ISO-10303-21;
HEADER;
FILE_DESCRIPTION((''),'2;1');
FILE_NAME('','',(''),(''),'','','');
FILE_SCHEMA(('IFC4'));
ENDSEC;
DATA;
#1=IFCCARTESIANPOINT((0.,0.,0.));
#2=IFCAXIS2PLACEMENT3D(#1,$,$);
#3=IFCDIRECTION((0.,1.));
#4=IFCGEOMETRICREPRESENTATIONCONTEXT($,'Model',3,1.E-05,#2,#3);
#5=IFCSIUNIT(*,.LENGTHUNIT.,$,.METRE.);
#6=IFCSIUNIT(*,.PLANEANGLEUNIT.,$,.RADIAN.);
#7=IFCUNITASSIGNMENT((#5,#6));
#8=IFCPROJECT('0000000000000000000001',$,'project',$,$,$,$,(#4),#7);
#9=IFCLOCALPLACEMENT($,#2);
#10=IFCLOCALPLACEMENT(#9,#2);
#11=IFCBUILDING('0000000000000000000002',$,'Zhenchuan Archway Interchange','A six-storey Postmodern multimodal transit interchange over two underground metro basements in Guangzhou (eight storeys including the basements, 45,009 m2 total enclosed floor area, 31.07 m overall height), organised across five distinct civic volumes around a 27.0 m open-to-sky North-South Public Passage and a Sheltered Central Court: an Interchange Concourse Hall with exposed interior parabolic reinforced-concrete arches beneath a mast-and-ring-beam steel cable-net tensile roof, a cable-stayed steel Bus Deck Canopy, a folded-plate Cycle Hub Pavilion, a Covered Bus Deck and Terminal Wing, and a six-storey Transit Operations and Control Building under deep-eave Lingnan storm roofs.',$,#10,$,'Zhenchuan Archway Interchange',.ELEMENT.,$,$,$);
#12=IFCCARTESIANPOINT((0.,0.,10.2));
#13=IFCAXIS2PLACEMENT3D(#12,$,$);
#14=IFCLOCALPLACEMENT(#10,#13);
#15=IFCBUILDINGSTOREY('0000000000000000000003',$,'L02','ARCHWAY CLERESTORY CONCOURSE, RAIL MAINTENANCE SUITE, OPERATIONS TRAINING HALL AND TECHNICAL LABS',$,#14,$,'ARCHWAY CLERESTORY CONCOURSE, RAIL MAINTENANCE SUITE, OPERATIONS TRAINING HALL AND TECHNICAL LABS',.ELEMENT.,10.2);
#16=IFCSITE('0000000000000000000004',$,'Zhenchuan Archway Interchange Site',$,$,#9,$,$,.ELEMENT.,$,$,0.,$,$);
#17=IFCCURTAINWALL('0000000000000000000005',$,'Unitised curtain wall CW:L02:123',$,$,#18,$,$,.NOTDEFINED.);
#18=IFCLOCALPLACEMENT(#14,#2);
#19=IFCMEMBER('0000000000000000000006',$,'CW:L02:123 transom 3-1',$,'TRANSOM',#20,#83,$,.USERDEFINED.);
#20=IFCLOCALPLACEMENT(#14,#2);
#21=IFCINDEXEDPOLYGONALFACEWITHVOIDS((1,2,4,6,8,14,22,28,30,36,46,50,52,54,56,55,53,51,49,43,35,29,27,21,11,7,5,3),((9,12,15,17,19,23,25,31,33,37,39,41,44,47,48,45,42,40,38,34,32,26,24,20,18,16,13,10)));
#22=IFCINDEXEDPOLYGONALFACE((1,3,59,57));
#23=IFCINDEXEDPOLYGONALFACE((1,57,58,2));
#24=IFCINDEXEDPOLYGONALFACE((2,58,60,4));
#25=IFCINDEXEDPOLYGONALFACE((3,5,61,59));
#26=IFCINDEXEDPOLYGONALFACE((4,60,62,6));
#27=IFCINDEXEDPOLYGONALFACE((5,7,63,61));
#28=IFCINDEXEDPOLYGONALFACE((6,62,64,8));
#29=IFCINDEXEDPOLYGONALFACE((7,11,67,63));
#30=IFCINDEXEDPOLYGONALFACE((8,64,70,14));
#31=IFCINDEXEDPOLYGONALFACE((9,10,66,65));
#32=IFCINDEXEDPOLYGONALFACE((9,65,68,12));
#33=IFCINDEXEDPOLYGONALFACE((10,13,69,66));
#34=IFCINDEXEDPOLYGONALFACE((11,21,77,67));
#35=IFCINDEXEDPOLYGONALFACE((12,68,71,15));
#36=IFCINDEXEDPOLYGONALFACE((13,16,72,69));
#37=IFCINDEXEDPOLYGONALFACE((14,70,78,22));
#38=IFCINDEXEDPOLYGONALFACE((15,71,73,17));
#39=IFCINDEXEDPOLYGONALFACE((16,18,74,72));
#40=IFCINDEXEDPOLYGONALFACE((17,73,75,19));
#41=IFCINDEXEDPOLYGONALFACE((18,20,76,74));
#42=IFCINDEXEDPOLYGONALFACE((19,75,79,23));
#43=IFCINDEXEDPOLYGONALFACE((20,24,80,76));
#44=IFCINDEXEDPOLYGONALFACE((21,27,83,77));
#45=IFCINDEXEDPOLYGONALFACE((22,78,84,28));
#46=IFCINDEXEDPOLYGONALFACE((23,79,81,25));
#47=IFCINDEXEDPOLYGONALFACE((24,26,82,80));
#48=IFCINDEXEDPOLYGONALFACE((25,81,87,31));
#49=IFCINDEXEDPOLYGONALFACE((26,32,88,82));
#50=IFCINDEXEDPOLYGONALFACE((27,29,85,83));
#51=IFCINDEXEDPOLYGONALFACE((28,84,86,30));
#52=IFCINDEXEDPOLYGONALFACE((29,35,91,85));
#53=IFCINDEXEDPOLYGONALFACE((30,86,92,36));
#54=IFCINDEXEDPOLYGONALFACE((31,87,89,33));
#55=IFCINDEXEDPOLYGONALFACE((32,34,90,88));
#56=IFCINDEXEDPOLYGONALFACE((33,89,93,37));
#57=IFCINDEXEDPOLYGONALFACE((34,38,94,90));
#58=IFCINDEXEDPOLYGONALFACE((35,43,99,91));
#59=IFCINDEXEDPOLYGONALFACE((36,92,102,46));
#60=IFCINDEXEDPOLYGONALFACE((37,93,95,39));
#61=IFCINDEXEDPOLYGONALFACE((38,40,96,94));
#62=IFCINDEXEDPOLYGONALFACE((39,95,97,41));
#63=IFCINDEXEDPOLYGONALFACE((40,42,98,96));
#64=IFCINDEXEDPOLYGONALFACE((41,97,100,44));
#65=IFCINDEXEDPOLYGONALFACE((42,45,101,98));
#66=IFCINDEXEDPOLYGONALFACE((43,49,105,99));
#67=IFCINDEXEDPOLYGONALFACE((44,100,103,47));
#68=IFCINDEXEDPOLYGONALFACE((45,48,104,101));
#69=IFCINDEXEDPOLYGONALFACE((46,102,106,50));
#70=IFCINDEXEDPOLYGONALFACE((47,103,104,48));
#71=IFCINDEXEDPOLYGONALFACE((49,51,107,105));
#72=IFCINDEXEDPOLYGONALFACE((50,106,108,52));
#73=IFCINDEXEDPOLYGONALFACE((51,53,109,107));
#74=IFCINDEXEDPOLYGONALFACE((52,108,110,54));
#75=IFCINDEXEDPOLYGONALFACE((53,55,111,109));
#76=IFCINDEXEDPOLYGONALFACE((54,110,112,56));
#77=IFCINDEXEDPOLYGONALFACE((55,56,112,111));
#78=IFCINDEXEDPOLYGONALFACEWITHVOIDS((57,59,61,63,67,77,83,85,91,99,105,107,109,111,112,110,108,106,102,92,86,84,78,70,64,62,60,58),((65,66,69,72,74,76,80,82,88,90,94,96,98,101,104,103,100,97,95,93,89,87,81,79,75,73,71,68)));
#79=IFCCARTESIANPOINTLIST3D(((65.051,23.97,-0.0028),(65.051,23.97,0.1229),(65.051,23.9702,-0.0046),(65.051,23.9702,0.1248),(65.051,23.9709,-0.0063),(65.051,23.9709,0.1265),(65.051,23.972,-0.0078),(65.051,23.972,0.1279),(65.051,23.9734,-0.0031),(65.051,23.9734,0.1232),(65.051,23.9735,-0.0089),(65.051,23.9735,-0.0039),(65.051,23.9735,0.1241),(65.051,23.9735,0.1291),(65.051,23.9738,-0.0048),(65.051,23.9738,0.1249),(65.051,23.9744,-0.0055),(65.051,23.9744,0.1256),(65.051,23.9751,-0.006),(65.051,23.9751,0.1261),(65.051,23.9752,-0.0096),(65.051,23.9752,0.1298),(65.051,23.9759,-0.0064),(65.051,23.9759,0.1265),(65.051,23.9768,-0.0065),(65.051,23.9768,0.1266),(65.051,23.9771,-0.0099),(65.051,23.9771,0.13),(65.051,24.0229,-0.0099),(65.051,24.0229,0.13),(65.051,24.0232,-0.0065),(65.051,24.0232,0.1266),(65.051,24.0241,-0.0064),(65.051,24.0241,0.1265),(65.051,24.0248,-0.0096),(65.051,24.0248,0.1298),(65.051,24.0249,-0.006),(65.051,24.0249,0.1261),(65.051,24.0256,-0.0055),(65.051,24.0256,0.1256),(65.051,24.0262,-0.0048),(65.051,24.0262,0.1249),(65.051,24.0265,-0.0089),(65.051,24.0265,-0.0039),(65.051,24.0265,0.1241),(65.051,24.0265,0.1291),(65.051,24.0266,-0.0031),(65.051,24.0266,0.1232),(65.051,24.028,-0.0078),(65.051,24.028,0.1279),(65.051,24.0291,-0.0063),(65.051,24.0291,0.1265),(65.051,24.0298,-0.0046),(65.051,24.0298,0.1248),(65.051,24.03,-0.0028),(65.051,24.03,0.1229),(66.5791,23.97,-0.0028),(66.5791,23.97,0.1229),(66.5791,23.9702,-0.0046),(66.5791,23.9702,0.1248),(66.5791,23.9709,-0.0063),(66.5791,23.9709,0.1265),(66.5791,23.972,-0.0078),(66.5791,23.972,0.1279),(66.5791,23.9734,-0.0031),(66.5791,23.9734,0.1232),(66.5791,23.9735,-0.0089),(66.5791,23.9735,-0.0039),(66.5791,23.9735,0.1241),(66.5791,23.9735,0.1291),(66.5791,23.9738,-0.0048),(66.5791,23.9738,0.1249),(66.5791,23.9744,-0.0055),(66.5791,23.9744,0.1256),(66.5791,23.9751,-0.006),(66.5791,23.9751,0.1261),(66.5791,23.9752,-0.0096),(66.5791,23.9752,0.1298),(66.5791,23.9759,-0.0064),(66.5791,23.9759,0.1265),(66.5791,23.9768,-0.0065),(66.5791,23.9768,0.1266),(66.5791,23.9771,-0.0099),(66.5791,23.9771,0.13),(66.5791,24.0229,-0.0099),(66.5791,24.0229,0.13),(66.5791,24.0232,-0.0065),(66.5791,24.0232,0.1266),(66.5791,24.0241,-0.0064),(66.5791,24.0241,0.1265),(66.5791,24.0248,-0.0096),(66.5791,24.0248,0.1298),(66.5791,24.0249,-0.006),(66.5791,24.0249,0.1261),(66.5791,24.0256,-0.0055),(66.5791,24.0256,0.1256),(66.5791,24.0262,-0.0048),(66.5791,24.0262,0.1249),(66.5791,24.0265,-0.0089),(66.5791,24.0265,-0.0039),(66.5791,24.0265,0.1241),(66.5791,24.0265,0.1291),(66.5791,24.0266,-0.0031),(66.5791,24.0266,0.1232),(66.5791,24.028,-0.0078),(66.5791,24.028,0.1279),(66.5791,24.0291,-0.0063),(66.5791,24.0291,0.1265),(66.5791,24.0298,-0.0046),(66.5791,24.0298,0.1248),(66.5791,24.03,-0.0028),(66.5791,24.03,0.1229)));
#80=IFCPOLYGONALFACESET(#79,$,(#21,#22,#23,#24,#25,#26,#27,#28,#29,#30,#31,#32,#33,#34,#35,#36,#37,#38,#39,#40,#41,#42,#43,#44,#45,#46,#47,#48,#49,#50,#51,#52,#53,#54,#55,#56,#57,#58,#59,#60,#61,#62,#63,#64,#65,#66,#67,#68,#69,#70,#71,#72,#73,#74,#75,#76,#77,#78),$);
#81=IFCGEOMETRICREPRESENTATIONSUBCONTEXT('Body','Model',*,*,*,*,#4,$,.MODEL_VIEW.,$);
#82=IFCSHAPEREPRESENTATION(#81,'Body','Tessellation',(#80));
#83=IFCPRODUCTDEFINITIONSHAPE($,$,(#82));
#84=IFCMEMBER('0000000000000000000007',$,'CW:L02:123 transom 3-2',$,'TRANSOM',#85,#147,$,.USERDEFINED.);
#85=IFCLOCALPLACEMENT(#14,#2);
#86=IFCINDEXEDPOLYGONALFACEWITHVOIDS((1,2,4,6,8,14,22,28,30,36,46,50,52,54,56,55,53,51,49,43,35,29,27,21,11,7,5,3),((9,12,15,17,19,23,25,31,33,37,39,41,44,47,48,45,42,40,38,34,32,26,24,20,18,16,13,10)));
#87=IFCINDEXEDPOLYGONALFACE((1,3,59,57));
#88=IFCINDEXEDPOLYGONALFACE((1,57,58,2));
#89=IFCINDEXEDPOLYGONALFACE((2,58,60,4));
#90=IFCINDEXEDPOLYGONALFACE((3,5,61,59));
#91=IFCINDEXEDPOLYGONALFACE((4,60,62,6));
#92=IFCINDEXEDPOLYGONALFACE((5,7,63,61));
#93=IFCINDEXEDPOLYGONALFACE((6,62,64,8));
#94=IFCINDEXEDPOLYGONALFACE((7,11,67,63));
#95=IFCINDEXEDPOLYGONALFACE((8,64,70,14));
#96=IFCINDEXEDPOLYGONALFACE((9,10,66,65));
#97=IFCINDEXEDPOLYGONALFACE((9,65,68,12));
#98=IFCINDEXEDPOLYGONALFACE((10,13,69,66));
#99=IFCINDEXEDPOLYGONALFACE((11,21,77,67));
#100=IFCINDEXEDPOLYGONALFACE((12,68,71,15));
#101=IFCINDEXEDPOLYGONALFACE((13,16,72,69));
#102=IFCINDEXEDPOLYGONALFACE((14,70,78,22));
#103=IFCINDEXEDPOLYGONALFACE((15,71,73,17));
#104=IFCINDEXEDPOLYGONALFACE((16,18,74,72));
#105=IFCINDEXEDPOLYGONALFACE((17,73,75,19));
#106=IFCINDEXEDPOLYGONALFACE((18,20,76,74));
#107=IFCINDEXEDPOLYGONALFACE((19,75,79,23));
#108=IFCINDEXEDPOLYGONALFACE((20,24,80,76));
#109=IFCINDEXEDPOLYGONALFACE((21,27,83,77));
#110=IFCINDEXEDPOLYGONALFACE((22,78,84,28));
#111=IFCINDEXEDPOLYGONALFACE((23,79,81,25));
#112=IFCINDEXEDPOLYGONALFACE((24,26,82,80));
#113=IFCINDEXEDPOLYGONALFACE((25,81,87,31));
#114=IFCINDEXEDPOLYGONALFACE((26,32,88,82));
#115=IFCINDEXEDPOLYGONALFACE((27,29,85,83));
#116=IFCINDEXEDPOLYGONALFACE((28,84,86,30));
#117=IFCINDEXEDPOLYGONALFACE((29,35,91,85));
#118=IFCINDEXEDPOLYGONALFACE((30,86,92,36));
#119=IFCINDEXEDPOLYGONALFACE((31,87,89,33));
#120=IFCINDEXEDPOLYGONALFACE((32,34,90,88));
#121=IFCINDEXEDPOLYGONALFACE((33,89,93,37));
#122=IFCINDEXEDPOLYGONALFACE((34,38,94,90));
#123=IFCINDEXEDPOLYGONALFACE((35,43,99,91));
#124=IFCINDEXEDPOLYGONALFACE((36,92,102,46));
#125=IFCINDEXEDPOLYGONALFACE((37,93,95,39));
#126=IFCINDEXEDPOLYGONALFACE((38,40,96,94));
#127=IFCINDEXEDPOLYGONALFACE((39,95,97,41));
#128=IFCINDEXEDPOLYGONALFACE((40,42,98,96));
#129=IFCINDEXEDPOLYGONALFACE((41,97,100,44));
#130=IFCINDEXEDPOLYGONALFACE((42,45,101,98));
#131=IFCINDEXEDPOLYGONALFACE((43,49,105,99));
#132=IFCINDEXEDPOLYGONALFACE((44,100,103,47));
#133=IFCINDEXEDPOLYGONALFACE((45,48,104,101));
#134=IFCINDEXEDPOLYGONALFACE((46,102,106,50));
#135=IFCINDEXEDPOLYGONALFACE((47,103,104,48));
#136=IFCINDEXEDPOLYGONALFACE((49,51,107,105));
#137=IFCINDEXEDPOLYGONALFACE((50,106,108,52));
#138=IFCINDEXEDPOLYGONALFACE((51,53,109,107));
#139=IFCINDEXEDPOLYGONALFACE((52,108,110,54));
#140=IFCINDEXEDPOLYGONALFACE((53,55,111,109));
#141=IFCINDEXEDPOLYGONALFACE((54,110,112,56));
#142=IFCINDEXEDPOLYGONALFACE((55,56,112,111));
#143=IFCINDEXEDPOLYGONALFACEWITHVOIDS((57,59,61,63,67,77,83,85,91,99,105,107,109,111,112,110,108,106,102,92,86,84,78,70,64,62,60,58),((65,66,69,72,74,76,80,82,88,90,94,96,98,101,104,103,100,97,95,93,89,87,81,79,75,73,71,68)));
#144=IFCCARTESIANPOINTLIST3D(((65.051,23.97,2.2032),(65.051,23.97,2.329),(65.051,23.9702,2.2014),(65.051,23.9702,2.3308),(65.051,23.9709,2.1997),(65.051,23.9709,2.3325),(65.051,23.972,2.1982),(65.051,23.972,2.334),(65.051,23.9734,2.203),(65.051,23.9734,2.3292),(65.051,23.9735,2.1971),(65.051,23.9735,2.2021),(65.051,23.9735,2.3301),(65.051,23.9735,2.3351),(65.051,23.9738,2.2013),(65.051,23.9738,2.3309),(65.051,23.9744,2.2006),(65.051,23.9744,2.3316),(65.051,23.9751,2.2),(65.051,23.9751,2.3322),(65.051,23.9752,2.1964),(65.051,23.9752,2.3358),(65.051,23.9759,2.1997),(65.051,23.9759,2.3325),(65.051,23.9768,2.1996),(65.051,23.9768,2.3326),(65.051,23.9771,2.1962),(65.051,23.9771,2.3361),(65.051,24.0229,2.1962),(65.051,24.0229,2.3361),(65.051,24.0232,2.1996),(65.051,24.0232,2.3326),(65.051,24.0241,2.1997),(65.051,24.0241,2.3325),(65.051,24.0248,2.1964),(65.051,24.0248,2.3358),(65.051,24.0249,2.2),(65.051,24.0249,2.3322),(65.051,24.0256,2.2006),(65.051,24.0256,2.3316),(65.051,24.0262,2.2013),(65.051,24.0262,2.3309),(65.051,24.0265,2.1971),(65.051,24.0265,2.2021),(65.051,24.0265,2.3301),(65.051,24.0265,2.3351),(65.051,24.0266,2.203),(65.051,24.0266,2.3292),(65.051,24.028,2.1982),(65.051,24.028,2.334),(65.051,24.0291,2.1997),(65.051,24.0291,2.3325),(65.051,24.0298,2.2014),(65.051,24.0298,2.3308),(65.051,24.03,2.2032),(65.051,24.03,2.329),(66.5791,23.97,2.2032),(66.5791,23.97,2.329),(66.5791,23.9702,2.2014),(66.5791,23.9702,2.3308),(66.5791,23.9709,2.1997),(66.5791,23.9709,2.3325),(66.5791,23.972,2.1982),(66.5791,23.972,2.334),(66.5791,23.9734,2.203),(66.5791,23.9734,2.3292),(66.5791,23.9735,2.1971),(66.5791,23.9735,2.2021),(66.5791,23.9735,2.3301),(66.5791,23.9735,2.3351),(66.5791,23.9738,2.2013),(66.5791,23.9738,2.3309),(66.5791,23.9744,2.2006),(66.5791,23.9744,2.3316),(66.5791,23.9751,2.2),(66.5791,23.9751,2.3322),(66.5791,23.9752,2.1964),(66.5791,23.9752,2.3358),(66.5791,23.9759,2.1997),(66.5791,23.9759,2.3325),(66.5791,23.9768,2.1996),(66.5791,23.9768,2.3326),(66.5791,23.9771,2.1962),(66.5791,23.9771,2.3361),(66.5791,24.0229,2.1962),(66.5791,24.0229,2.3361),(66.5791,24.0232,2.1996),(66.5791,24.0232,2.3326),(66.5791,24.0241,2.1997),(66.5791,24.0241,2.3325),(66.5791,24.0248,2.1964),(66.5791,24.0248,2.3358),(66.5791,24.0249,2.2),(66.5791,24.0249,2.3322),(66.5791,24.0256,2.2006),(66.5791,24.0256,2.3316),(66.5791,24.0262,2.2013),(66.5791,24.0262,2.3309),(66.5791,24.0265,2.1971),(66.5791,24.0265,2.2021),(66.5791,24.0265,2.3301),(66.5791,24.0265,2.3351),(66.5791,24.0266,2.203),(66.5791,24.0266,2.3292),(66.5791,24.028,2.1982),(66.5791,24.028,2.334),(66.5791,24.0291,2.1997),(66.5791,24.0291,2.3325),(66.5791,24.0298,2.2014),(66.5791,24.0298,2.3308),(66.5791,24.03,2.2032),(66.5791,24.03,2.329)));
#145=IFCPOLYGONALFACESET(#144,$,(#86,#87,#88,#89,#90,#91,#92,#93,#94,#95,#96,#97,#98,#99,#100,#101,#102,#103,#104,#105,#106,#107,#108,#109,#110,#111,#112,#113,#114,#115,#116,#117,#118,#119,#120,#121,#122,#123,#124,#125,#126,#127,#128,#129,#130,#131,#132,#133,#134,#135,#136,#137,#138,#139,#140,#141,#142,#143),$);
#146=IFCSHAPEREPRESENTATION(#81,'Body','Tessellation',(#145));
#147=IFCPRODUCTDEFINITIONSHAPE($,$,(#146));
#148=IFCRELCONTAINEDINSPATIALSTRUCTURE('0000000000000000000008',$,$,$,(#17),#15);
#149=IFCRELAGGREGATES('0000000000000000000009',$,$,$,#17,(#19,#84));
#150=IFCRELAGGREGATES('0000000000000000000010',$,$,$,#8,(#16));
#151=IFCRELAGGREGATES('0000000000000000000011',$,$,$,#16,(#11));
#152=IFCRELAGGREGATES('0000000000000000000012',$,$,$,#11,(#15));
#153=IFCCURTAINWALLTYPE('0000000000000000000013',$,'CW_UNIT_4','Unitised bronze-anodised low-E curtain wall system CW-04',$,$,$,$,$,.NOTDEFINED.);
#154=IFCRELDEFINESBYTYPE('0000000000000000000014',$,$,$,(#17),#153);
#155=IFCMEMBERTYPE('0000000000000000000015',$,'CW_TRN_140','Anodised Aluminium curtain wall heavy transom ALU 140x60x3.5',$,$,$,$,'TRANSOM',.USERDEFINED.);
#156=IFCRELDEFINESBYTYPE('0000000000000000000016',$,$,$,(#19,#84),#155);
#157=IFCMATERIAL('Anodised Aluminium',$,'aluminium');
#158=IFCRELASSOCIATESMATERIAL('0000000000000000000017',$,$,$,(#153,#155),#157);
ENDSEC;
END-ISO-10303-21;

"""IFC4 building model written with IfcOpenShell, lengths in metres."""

from ifc_helpers import new_model, si_unit, direction, frame, origin, origin_2d, place, context, subcontext, project, spatial, hollow_rectangle, extrude, material, material_profile, profile_set, type_object, element, aggregate, save


model = new_model("IFC4")

# Units and contexts
model_context = context("Model", 3, precision=1e-05, world=origin(), true_north=direction((0.0, 1.0)))
body_context = subcontext(model_context, "Body", "Model", "MODEL_VIEW")
ifc_project = project(units=[si_unit("LENGTHUNIT", "METRE"), si_unit("PLANEANGLEUNIT", "RADIAN")], contexts=[model_context])

# Site, building, storey
site_placement = place(None, origin())
site = spatial("IfcSite", under=ifc_project, at=site_placement, Name="Zhenchuan Archway Interchange Site", CompositionType="ELEMENT", RefElevation=0.0)
building_placement = place(site_placement, origin())
building = spatial("IfcBuilding", under=site, at=building_placement, Name="Zhenchuan Archway Interchange", Description="A six-storey Postmodern multimodal transit interchange over two underground metro basements in Guangzhou (eight storeys including the basements, 45,009 m2 total enclosed floor area, 31.07 m overall height), organised across five distinct civic volumes around a 27.0 m open-to-sky North-South Public Passage and a Sheltered Central Court: an Interchange Concourse Hall with exposed interior parabolic reinforced-concrete arches beneath a mast-and-ring-beam steel cable-net tensile roof, a cable-stayed steel Bus Deck Canopy, a folded-plate Cycle Hub Pavilion, a Covered Bus Deck and Terminal Wing, and a six-storey Transit Operations and Control Building under deep-eave Lingnan storm roofs.", LongName="Zhenchuan Archway Interchange", CompositionType="ELEMENT")
storey_placement = place(building_placement, frame((0.0, 0.0, 10.2)))
storey = spatial("IfcBuildingStorey", under=building, at=storey_placement, Name="L02", Description="ARCHWAY CLERESTORY CONCOURSE, RAIL MAINTENANCE SUITE, OPERATIONS TRAINING HALL AND TECHNICAL LABS", LongName="ARCHWAY CLERESTORY CONCOURSE, RAIL MAINTENANCE SUITE, OPERATIONS TRAINING HALL AND TECHNICAL LABS", CompositionType="ELEMENT", Elevation=10.2)

# Curtain wall, members
ifc_material_1 = material(Name="Anodised Aluminium", Category="aluminium")
curtain_wall_type = type_object("IfcCurtainWallType", Name="CW_UNIT_4", Description="Unitised bronze-anodised low-E curtain wall system CW-04", PredefinedType="NOTDEFINED", material=ifc_material_1)
curtain_wall_placement = place(storey_placement, origin())
curtain_wall = element("IfcCurtainWall", 1, at=curtain_wall_placement, inside=storey, type_object=curtain_wall_type, Name="Unitised curtain wall CW:L02:123", PredefinedType="NOTDEFINED")
ifc_material_profile_1 = material_profile(ifc_material_1, hollow_rectangle(XDim=0.0601, YDim=0.1399, WallThickness=0.0034, InnerFilletRadius=0.0034, OuterFilletRadius=0.0071, at=origin_2d()), Name="ALU 140x60x3.5")
ifc_profile_set_1 = profile_set([ifc_material_profile_1], Name="Anodised Aluminium")
member_type_1 = type_object("IfcMemberType", Name="CW_TRN_140", Description="Anodised Aluminium curtain wall heavy transom ALU 140x60x3.5", ElementType="TRANSOM", PredefinedType="USERDEFINED", material=ifc_profile_set_1)
member_1_placement = place(storey_placement, frame((66.5791, 24.0, 0.0601), z_axis=(-1.0, 0.0, 0.0), x_axis=(0.0, -1.0, 0.0)))
member_1 = element("IfcMember", 2, at=member_1_placement, type_object=member_type_1, Name="CW:L02:123 transom 3-1", ObjectType="TRANSOM", PredefinedType="USERDEFINED", context=body_context, shape_type="SweptSolid", body=[
    extrude(hollow_rectangle(XDim=0.0601, YDim=0.1399, WallThickness=0.0034, InnerFilletRadius=0.0034, OuterFilletRadius=0.0071, at=origin_2d()), origin(), (0.0, 0.0, 1.0), 1.5281),
])
member_2_placement = place(storey_placement, frame((66.5791, 24.0, 2.2661), z_axis=(-1.0, 0.0, 0.0), x_axis=(0.0, -1.0, 0.0)))
member_2 = element("IfcMember", 3, at=member_2_placement, type_object=member_type_1, Name="CW:L02:123 transom 3-2", ObjectType="TRANSOM", PredefinedType="USERDEFINED", context=body_context, shape_type="SweptSolid", body=[
    extrude(hollow_rectangle(XDim=0.0601, YDim=0.1399, WallThickness=0.0034, InnerFilletRadius=0.0034, OuterFilletRadius=0.0071, at=origin_2d()), origin(), (0.0, 0.0, 1.0), 1.5281),
])

aggregate(curtain_wall, [member_1, member_2])

save(model, "model.ifc")
